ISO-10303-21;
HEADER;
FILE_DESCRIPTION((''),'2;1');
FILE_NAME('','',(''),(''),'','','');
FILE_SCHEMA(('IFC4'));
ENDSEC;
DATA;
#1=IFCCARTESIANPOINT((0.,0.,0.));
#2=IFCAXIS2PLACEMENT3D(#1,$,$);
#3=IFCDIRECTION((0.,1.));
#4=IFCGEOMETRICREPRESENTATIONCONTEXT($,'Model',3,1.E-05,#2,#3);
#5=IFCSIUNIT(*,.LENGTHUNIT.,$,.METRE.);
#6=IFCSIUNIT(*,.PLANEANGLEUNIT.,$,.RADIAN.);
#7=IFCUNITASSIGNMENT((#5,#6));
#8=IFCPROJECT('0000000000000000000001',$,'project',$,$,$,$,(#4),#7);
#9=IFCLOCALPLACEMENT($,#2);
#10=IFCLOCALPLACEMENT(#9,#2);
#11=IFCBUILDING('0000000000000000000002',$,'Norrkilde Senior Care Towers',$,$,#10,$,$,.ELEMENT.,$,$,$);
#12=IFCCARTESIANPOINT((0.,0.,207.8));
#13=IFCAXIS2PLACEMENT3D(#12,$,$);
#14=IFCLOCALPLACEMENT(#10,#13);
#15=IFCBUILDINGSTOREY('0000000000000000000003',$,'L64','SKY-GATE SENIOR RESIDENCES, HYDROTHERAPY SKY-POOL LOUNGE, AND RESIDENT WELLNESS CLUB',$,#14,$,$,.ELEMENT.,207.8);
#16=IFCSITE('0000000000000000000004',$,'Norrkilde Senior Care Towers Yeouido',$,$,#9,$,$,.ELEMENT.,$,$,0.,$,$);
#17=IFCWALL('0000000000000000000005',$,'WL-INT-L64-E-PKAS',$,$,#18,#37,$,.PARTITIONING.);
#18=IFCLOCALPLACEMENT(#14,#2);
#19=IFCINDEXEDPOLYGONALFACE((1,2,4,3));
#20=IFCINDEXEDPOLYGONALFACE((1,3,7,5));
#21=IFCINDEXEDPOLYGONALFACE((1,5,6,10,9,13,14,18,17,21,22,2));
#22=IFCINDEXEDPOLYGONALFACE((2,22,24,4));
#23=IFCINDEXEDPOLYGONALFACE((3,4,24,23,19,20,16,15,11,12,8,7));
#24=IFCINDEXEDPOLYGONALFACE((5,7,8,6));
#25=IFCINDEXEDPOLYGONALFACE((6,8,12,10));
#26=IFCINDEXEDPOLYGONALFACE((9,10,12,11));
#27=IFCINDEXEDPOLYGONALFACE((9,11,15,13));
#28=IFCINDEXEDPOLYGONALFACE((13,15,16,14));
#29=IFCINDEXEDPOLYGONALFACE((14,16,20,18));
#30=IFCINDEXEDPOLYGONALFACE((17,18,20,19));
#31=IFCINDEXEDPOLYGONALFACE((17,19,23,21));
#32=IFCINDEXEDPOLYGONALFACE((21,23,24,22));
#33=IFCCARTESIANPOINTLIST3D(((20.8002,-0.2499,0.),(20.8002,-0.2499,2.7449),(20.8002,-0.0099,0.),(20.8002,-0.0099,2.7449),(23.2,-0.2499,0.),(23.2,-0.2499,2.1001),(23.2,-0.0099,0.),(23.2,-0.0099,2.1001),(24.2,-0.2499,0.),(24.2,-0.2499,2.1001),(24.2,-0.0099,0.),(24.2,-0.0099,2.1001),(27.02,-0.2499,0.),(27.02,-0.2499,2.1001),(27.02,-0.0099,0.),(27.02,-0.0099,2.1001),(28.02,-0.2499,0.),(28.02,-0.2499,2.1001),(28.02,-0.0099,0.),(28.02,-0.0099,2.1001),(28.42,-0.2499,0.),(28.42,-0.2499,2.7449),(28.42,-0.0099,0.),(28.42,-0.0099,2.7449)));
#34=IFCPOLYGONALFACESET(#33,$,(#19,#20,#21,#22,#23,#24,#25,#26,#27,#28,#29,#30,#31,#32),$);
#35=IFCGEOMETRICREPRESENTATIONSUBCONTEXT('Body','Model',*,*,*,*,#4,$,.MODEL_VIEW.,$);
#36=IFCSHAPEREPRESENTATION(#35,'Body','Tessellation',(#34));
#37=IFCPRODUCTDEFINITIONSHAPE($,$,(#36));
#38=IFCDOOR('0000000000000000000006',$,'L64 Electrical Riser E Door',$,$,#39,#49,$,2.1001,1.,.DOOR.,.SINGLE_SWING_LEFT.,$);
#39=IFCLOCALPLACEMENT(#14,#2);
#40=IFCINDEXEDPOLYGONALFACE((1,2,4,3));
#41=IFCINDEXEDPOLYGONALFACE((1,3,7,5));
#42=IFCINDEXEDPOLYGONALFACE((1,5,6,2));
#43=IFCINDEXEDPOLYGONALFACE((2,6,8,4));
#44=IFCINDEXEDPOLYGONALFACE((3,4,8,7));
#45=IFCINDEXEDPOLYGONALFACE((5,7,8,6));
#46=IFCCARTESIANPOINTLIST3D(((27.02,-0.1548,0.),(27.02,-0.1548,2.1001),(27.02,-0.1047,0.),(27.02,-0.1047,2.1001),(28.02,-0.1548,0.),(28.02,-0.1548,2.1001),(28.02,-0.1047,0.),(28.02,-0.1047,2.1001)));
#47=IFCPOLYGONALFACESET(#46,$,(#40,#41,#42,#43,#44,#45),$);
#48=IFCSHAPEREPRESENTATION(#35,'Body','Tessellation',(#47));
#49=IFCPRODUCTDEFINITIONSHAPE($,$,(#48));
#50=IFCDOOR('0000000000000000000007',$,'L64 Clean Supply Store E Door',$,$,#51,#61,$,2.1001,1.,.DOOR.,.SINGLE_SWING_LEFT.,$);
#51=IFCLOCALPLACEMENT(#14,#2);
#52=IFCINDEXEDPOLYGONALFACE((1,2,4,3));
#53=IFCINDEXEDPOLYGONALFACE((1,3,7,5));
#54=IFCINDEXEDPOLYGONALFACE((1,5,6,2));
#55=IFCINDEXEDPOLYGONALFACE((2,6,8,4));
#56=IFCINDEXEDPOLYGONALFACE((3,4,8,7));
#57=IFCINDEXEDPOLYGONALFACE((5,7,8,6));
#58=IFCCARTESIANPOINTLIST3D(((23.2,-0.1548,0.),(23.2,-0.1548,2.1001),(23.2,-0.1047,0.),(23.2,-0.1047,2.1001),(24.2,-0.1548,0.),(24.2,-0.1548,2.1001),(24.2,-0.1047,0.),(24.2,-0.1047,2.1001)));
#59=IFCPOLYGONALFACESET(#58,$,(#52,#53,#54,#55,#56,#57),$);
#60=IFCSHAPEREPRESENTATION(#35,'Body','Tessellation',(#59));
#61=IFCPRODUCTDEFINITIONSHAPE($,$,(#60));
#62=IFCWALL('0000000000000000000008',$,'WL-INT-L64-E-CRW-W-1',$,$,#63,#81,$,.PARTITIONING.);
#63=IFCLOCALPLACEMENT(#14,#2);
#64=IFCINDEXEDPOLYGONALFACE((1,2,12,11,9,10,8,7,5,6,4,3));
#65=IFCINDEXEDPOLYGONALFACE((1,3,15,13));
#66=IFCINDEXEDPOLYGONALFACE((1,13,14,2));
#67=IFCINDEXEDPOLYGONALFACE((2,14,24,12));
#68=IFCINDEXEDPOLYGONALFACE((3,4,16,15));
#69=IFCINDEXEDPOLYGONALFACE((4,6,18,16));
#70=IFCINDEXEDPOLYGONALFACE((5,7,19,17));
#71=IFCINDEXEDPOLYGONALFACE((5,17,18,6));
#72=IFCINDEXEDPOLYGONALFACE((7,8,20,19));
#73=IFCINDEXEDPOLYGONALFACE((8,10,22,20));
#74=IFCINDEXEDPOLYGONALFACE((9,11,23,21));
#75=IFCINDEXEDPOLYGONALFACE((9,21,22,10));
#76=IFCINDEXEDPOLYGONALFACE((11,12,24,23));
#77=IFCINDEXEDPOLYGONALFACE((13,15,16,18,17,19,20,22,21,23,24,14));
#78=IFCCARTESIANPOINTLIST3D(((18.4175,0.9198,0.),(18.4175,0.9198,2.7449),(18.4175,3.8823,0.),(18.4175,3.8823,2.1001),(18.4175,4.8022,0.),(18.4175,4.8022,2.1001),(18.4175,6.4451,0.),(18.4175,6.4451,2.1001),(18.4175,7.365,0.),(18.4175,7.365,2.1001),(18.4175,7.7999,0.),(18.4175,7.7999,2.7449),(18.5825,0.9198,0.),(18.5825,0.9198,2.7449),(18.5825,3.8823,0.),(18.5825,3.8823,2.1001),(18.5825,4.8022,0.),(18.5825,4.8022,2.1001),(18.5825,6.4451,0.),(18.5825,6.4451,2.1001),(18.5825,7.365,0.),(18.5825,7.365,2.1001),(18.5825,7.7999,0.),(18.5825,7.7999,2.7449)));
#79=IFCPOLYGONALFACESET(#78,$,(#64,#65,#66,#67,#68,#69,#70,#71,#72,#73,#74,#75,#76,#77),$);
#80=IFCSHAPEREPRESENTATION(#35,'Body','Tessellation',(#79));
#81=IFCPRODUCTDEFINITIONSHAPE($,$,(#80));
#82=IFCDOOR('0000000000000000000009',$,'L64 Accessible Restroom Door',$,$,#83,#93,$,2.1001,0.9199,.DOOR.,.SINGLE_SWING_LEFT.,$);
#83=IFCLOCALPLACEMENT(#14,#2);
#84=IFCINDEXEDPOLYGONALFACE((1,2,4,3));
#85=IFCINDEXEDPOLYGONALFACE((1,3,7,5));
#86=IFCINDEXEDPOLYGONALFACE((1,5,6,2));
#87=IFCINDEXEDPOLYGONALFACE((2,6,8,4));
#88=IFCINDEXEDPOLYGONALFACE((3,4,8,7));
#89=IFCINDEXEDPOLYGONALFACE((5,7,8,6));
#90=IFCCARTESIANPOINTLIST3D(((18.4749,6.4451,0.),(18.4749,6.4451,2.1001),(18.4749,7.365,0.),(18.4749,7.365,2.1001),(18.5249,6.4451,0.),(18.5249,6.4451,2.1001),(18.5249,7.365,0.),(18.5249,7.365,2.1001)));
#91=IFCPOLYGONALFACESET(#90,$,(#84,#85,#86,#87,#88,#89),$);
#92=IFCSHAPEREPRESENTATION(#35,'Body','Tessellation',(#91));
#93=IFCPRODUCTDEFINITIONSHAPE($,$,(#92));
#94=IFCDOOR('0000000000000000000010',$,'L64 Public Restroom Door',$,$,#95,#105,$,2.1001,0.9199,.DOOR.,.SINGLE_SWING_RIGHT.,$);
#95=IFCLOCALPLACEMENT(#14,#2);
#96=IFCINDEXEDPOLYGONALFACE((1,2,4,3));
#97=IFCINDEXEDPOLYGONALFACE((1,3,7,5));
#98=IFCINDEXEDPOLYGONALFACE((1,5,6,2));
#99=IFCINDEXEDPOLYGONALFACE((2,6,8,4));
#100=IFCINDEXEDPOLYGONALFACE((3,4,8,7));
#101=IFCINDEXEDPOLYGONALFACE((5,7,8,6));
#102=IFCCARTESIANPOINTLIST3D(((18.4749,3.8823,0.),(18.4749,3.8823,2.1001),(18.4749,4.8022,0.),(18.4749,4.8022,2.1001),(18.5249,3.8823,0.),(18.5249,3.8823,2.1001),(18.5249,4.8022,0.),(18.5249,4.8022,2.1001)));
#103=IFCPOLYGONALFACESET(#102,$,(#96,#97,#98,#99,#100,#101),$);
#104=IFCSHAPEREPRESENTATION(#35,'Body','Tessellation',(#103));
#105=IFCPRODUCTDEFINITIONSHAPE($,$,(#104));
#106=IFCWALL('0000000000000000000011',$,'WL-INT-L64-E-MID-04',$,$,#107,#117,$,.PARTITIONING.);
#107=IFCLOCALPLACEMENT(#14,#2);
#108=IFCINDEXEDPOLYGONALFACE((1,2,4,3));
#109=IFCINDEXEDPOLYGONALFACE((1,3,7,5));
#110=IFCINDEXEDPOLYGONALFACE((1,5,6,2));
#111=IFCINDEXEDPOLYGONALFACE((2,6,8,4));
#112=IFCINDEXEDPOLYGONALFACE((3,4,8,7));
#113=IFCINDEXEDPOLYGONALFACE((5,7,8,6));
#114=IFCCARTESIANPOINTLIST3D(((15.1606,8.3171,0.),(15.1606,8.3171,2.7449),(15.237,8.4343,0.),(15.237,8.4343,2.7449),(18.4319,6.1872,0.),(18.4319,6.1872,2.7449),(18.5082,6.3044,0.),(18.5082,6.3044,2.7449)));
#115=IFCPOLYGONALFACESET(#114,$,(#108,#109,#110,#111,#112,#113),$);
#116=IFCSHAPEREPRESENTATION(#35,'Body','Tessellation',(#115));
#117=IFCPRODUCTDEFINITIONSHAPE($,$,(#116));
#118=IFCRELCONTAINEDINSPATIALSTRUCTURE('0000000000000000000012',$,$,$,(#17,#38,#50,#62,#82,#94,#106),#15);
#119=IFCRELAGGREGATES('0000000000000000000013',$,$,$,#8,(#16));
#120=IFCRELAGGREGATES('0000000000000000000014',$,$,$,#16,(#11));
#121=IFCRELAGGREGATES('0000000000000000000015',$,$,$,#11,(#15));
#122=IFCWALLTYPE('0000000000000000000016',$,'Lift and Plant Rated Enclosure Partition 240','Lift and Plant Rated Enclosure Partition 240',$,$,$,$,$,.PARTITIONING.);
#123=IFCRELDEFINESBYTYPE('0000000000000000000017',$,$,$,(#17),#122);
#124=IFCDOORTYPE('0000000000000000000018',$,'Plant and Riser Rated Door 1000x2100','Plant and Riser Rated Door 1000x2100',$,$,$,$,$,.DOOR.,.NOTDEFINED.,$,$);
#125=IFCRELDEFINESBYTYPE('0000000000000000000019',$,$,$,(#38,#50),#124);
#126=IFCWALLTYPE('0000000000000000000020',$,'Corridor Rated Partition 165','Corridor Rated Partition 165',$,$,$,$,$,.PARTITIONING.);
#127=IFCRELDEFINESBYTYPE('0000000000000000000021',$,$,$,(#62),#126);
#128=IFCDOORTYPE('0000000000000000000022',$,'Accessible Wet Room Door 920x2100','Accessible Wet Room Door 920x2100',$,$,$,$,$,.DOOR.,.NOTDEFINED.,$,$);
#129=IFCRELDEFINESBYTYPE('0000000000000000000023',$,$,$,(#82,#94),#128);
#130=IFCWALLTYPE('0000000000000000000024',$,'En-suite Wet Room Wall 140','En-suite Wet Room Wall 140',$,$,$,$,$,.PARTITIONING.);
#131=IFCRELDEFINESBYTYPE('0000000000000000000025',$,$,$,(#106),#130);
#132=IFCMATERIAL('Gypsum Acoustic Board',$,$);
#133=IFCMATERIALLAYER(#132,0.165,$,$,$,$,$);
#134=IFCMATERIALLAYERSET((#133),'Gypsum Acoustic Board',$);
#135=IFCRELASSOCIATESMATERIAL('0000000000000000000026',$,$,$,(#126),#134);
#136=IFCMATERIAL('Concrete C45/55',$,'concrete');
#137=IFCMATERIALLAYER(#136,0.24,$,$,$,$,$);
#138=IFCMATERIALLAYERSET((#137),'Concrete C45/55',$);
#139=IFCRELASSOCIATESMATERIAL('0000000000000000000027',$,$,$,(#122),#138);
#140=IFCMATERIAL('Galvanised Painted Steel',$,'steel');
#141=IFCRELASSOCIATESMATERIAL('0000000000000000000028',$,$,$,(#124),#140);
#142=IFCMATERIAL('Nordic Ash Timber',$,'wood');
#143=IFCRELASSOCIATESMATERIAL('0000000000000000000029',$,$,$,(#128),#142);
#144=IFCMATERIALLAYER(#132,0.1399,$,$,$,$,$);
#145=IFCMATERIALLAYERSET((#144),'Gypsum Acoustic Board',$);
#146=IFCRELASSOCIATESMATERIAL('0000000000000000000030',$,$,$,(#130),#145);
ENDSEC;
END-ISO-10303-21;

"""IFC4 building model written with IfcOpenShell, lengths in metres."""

from ifc_helpers import new_model, si_unit, direction, frame, frame_2d, origin, place, context, subcontext, project, spatial, rectangle, extrude, source, transform, mapped, material, layer, layer_set, type_object, type_shapes, element, fill, save


model = new_model("IFC4")

# Units and contexts
model_context = context("Model", 3, precision=1e-05, world=origin(), true_north=direction((0.0, 1.0)))
body_context = subcontext(model_context, "Body", "Model", "MODEL_VIEW")
ifc_project = project(units=[si_unit("LENGTHUNIT", "METRE"), si_unit("PLANEANGLEUNIT", "RADIAN")], contexts=[model_context])

# Site, building, storey
site_placement = place(None, origin())
site = spatial("IfcSite", under=ifc_project, at=site_placement, Name="Norrkilde Senior Care Towers Yeouido", CompositionType="ELEMENT", RefElevation=0.0)
building_placement = place(site_placement, origin())
building = spatial("IfcBuilding", under=site, at=building_placement, Name="Norrkilde Senior Care Towers", CompositionType="ELEMENT")
storey_placement = place(building_placement, frame((0.0, 0.0, 207.8)))
storey = spatial("IfcBuildingStorey", under=building, at=storey_placement, Name="L64", Description="SKY-GATE SENIOR RESIDENCES, HYDROTHERAPY SKY-POOL LOUNGE, AND RESIDENT WELLNESS CLUB", CompositionType="ELEMENT", Elevation=207.8)

# Shared definitions
ifc_material_1 = material(Name="Concrete C45/55", Category="concrete")

# Shared definitions
ifc_material_2 = material(Name="Galvanised Painted Steel", Category="steel")

# Shared definitions
ifc_material_3 = material(Name="Gypsum Acoustic Board")
ifc_layer_1 = layer(ifc_material_3, 0.165)
ifc_layer_set_1 = layer_set([ifc_layer_1], Name="Gypsum Acoustic Board")
wall_type_1 = type_object("IfcWallType", Name="Corridor Rated Partition 165", Description="Corridor Rated Partition 165", PredefinedType="PARTITIONING", material=ifc_layer_set_1)

# Walls, openings, doors
ifc_layer_2 = layer(ifc_material_1, 0.24)
ifc_layer_set_2 = layer_set([ifc_layer_2], Name="Concrete C45/55")
wall_type_2 = type_object("IfcWallType", Name="Lift and Plant Rated Enclosure Partition 240", Description="Lift and Plant Rated Enclosure Partition 240", PredefinedType="PARTITIONING", material=ifc_layer_set_2)
shared_shape_1 = source(origin(), body_context, "Body", "SweptSolid", [
    extrude(rectangle(XDim=7.6199, YDim=0.24, at=frame_2d((3.8101, 0.0))), origin(), (0.0, 0.0, 1.0), 2.7449),
])
type_shapes(wall_type_2, [shared_shape_1])
wall_1_placement = place(storey_placement, frame((20.8, -0.1299, 0.0), z_axis=(0.0, 0.0, 1.0), x_axis=(1.0, 0.0, 0.0)))
wall_1 = element("IfcWall", 1, at=wall_1_placement, inside=storey, type_object=wall_type_2, Name="WL-INT-L64-E-PKAS", PredefinedType="PARTITIONING", context=body_context, shape_type="MappedRepresentation", body=[
    mapped(shared_shape_1, transform((0.0, 0.0, 0.0), x_axis=(1.0, 0.0, 0.0), y_axis=(0.0, 1.0, 0.0), z_axis=(0.0, 0.0, 1.0), scale=1.0)),
])
opening_1_placement = place(wall_1_placement, frame((6.22, 0.0, 0.0)))
opening_1 = element("IfcOpeningElement", 2, at=opening_1_placement, cuts=wall_1, PredefinedType="OPENING", context=body_context, shape_type="SweptSolid", body=[
    extrude(rectangle(XDim=1.0, YDim=2.1001, at=frame_2d((0.5, 1.05))), frame((0.0, 0.1299, 0.0), z_axis=(0.0, -1.0, 0.0), x_axis=(1.0, 0.0, 0.0)), (0.0, 0.0, 1.0), 0.26),
])
opening_2_placement = place(wall_1_placement, frame((2.3999, 0.0, 0.0)))
opening_2 = element("IfcOpeningElement", 3, at=opening_2_placement, cuts=wall_1, PredefinedType="OPENING", context=body_context, shape_type="SweptSolid", body=[
    extrude(rectangle(XDim=1.0, YDim=2.1001, at=frame_2d((0.5, 1.05))), frame((0.0, 0.1299, 0.0), z_axis=(0.0, -1.0, 0.0), x_axis=(1.0, 0.0, 0.0)), (0.0, 0.0, 1.0), 0.26),
])
door_type_1 = type_object("IfcDoorType", Name="Plant and Riser Rated Door 1000x2100", Description="Plant and Riser Rated Door 1000x2100", OperationType="NOTDEFINED", PredefinedType="DOOR", material=ifc_material_2)
shared_shape_2 = source(origin(), body_context, "Body", "SweptSolid", [
    extrude(rectangle(XDim=1.0, YDim=2.1001, at=frame_2d((0.5, 1.05))), frame((0.0, 0.0249, 0.0), z_axis=(0.0, -1.0, 0.0), x_axis=(1.0, 0.0, 0.0)), (0.0, 0.0, 1.0), 0.05),
])
type_shapes(door_type_1, [shared_shape_2])
door_1_placement = place(opening_1_placement, frame((1.0, 0.0, 0.0), z_axis=(0.0, 0.0, 1.0), x_axis=(-1.0, 0.0, 0.0)))
door_1 = element("IfcDoor", 4, at=door_1_placement, inside=storey, type_object=door_type_1, Name="L64 Electrical Riser E Door", OperationType="SINGLE_SWING_LEFT", OverallHeight=2.1001, OverallWidth=1.0, PredefinedType="DOOR", context=body_context, shape_type="MappedRepresentation", body=[
    mapped(shared_shape_2, transform((0.0, 0.0, 0.0), x_axis=(1.0, 0.0, 0.0), y_axis=(0.0, 1.0, 0.0), z_axis=(0.0, 0.0, 1.0), scale=1.0)),
])
fill(opening_1, door_1)
door_2_placement = place(opening_2_placement, frame((1.0, 0.0, 0.0), z_axis=(0.0, 0.0, 1.0), x_axis=(-1.0, 0.0, 0.0)))
door_2 = element("IfcDoor", 5, at=door_2_placement, inside=storey, type_object=door_type_1, Name="L64 Clean Supply Store E Door", OperationType="SINGLE_SWING_LEFT", OverallHeight=2.1001, OverallWidth=1.0, PredefinedType="DOOR", context=body_context, shape_type="MappedRepresentation", body=[
    mapped(shared_shape_2, transform((0.0, 0.0, 0.0), x_axis=(1.0, 0.0, 0.0), y_axis=(0.0, 1.0, 0.0), z_axis=(0.0, 0.0, 1.0), scale=1.0)),
])
fill(opening_2, door_2)
shared_shape_3 = source(origin(), body_context, "Body", "SweptSolid", [
    extrude(rectangle(XDim=6.8801, YDim=0.165, at=frame_2d((3.4399, 0.0))), origin(), (0.0, 0.0, 1.0), 2.7449),
])
wall_2_placement = place(storey_placement, frame((18.5, 0.9199, 0.0), z_axis=(0.0, 0.0, 1.0), x_axis=(0.0, 1.0, 0.0)))
wall_2 = element("IfcWall", 6, at=wall_2_placement, inside=storey, type_object=wall_type_1, Name="WL-INT-L64-E-CRW-W-1", PredefinedType="PARTITIONING", context=body_context, shape_type="MappedRepresentation", body=[
    mapped(shared_shape_3, transform((0.0, 0.0, 0.0), x_axis=(1.0, 0.0, 0.0), y_axis=(0.0, 1.0, 0.0), z_axis=(0.0, 0.0, 1.0), scale=1.0)),
])
opening_3_placement = place(wall_2_placement, frame((5.5251, 0.0, 0.0)))
opening_3 = element("IfcOpeningElement", 7, at=opening_3_placement, cuts=wall_2, PredefinedType="OPENING", context=body_context, shape_type="SweptSolid", body=[
    extrude(rectangle(XDim=0.9199, YDim=2.1001, at=frame_2d((0.46, 1.05))), frame((0.0, 0.0925, 0.0), z_axis=(0.0, -1.0, 0.0), x_axis=(1.0, 0.0, 0.0)), (0.0, 0.0, 1.0), 0.1851),
])
opening_4_placement = place(wall_2_placement, frame((2.9624, 0.0, 0.0)))
opening_4 = element("IfcOpeningElement", 8, at=opening_4_placement, cuts=wall_2, PredefinedType="OPENING", context=body_context, shape_type="SweptSolid", body=[
    extrude(rectangle(XDim=0.9199, YDim=2.1001, at=frame_2d((0.46, 1.05))), frame((0.0, 0.0925, 0.0), z_axis=(0.0, -1.0, 0.0), x_axis=(1.0, 0.0, 0.0)), (0.0, 0.0, 1.0), 0.1851),
])
ifc_material_4 = material(Name="Nordic Ash Timber", Category="wood")
door_type_2 = type_object("IfcDoorType", Name="Accessible Wet Room Door 920x2100", Description="Accessible Wet Room Door 920x2100", OperationType="NOTDEFINED", PredefinedType="DOOR", material=ifc_material_4)
shared_shape_4 = source(origin(), body_context, "Body", "SweptSolid", [
    extrude(rectangle(XDim=0.9199, YDim=2.1001, at=frame_2d((0.46, 1.05))), frame((0.0, 0.0249, 0.0), z_axis=(0.0, -1.0, 0.0), x_axis=(1.0, 0.0, 0.0)), (0.0, 0.0, 1.0), 0.05),
])
type_shapes(door_type_2, [shared_shape_4])
door_3_placement = place(opening_3_placement, frame((0.9199, 0.0, 0.0), z_axis=(0.0, 0.0, 1.0), x_axis=(-1.0, 0.0, 0.0)))
door_3 = element("IfcDoor", 9, at=door_3_placement, inside=storey, type_object=door_type_2, Name="L64 Accessible Restroom Door", OperationType="SINGLE_SWING_LEFT", OverallHeight=2.1001, OverallWidth=0.9199, PredefinedType="DOOR", context=body_context, shape_type="MappedRepresentation", body=[
    mapped(shared_shape_4, transform((0.0, 0.0, 0.0), x_axis=(1.0, 0.0, 0.0), y_axis=(0.0, 1.0, 0.0), z_axis=(0.0, 0.0, 1.0), scale=1.0)),
])
fill(opening_3, door_3)
door_4_placement = place(opening_4_placement, frame((0.9199, 0.0, 0.0), z_axis=(0.0, 0.0, 1.0), x_axis=(-1.0, 0.0, 0.0)))
door_4 = element("IfcDoor", 10, at=door_4_placement, inside=storey, type_object=door_type_2, Name="L64 Public Restroom Door", OperationType="SINGLE_SWING_RIGHT", OverallHeight=2.1001, OverallWidth=0.9199, PredefinedType="DOOR", context=body_context, shape_type="MappedRepresentation", body=[
    mapped(shared_shape_4, transform((0.0, 0.0, 0.0), x_axis=(1.0, 0.0, 0.0), y_axis=(0.0, 1.0, 0.0), z_axis=(0.0, 0.0, 1.0), scale=1.0)),
])
fill(opening_4, door_4)

# Wall
ifc_layer_3 = layer(ifc_material_3, 0.1399)
ifc_layer_set_3 = layer_set([ifc_layer_3], Name="Gypsum Acoustic Board")
wall_type_3 = type_object("IfcWallType", Name="En-suite Wet Room Wall 140", Description="En-suite Wet Room Wall 140", PredefinedType="PARTITIONING", material=ifc_layer_set_3)
shared_shape_5 = source(origin(), body_context, "Body", "SweptSolid", [
    extrude(rectangle(XDim=3.9036, YDim=0.1399, at=frame_2d((1.9517, 0.0))), origin(), (0.0, 0.0, 1.0), 2.7449),
])
type_shapes(wall_type_3, [shared_shape_5])
wall_3_placement = place(storey_placement, frame((18.47, 6.2458, 0.0), z_axis=(0.0, 0.0, 1.0), x_axis=(-0.838025, 0.545632, 0.0)))
element("IfcWall", 11, at=wall_3_placement, inside=storey, type_object=wall_type_3, Name="WL-INT-L64-E-MID-04", PredefinedType="PARTITIONING", context=body_context, shape_type="MappedRepresentation", body=[
    mapped(shared_shape_5, transform((0.0, 0.0, 0.0), x_axis=(1.0, 0.0, 0.0), y_axis=(0.0, 1.0, 0.0), z_axis=(0.0, 0.0, 1.0), scale=1.0)),
])

save(model, "model.ifc")
